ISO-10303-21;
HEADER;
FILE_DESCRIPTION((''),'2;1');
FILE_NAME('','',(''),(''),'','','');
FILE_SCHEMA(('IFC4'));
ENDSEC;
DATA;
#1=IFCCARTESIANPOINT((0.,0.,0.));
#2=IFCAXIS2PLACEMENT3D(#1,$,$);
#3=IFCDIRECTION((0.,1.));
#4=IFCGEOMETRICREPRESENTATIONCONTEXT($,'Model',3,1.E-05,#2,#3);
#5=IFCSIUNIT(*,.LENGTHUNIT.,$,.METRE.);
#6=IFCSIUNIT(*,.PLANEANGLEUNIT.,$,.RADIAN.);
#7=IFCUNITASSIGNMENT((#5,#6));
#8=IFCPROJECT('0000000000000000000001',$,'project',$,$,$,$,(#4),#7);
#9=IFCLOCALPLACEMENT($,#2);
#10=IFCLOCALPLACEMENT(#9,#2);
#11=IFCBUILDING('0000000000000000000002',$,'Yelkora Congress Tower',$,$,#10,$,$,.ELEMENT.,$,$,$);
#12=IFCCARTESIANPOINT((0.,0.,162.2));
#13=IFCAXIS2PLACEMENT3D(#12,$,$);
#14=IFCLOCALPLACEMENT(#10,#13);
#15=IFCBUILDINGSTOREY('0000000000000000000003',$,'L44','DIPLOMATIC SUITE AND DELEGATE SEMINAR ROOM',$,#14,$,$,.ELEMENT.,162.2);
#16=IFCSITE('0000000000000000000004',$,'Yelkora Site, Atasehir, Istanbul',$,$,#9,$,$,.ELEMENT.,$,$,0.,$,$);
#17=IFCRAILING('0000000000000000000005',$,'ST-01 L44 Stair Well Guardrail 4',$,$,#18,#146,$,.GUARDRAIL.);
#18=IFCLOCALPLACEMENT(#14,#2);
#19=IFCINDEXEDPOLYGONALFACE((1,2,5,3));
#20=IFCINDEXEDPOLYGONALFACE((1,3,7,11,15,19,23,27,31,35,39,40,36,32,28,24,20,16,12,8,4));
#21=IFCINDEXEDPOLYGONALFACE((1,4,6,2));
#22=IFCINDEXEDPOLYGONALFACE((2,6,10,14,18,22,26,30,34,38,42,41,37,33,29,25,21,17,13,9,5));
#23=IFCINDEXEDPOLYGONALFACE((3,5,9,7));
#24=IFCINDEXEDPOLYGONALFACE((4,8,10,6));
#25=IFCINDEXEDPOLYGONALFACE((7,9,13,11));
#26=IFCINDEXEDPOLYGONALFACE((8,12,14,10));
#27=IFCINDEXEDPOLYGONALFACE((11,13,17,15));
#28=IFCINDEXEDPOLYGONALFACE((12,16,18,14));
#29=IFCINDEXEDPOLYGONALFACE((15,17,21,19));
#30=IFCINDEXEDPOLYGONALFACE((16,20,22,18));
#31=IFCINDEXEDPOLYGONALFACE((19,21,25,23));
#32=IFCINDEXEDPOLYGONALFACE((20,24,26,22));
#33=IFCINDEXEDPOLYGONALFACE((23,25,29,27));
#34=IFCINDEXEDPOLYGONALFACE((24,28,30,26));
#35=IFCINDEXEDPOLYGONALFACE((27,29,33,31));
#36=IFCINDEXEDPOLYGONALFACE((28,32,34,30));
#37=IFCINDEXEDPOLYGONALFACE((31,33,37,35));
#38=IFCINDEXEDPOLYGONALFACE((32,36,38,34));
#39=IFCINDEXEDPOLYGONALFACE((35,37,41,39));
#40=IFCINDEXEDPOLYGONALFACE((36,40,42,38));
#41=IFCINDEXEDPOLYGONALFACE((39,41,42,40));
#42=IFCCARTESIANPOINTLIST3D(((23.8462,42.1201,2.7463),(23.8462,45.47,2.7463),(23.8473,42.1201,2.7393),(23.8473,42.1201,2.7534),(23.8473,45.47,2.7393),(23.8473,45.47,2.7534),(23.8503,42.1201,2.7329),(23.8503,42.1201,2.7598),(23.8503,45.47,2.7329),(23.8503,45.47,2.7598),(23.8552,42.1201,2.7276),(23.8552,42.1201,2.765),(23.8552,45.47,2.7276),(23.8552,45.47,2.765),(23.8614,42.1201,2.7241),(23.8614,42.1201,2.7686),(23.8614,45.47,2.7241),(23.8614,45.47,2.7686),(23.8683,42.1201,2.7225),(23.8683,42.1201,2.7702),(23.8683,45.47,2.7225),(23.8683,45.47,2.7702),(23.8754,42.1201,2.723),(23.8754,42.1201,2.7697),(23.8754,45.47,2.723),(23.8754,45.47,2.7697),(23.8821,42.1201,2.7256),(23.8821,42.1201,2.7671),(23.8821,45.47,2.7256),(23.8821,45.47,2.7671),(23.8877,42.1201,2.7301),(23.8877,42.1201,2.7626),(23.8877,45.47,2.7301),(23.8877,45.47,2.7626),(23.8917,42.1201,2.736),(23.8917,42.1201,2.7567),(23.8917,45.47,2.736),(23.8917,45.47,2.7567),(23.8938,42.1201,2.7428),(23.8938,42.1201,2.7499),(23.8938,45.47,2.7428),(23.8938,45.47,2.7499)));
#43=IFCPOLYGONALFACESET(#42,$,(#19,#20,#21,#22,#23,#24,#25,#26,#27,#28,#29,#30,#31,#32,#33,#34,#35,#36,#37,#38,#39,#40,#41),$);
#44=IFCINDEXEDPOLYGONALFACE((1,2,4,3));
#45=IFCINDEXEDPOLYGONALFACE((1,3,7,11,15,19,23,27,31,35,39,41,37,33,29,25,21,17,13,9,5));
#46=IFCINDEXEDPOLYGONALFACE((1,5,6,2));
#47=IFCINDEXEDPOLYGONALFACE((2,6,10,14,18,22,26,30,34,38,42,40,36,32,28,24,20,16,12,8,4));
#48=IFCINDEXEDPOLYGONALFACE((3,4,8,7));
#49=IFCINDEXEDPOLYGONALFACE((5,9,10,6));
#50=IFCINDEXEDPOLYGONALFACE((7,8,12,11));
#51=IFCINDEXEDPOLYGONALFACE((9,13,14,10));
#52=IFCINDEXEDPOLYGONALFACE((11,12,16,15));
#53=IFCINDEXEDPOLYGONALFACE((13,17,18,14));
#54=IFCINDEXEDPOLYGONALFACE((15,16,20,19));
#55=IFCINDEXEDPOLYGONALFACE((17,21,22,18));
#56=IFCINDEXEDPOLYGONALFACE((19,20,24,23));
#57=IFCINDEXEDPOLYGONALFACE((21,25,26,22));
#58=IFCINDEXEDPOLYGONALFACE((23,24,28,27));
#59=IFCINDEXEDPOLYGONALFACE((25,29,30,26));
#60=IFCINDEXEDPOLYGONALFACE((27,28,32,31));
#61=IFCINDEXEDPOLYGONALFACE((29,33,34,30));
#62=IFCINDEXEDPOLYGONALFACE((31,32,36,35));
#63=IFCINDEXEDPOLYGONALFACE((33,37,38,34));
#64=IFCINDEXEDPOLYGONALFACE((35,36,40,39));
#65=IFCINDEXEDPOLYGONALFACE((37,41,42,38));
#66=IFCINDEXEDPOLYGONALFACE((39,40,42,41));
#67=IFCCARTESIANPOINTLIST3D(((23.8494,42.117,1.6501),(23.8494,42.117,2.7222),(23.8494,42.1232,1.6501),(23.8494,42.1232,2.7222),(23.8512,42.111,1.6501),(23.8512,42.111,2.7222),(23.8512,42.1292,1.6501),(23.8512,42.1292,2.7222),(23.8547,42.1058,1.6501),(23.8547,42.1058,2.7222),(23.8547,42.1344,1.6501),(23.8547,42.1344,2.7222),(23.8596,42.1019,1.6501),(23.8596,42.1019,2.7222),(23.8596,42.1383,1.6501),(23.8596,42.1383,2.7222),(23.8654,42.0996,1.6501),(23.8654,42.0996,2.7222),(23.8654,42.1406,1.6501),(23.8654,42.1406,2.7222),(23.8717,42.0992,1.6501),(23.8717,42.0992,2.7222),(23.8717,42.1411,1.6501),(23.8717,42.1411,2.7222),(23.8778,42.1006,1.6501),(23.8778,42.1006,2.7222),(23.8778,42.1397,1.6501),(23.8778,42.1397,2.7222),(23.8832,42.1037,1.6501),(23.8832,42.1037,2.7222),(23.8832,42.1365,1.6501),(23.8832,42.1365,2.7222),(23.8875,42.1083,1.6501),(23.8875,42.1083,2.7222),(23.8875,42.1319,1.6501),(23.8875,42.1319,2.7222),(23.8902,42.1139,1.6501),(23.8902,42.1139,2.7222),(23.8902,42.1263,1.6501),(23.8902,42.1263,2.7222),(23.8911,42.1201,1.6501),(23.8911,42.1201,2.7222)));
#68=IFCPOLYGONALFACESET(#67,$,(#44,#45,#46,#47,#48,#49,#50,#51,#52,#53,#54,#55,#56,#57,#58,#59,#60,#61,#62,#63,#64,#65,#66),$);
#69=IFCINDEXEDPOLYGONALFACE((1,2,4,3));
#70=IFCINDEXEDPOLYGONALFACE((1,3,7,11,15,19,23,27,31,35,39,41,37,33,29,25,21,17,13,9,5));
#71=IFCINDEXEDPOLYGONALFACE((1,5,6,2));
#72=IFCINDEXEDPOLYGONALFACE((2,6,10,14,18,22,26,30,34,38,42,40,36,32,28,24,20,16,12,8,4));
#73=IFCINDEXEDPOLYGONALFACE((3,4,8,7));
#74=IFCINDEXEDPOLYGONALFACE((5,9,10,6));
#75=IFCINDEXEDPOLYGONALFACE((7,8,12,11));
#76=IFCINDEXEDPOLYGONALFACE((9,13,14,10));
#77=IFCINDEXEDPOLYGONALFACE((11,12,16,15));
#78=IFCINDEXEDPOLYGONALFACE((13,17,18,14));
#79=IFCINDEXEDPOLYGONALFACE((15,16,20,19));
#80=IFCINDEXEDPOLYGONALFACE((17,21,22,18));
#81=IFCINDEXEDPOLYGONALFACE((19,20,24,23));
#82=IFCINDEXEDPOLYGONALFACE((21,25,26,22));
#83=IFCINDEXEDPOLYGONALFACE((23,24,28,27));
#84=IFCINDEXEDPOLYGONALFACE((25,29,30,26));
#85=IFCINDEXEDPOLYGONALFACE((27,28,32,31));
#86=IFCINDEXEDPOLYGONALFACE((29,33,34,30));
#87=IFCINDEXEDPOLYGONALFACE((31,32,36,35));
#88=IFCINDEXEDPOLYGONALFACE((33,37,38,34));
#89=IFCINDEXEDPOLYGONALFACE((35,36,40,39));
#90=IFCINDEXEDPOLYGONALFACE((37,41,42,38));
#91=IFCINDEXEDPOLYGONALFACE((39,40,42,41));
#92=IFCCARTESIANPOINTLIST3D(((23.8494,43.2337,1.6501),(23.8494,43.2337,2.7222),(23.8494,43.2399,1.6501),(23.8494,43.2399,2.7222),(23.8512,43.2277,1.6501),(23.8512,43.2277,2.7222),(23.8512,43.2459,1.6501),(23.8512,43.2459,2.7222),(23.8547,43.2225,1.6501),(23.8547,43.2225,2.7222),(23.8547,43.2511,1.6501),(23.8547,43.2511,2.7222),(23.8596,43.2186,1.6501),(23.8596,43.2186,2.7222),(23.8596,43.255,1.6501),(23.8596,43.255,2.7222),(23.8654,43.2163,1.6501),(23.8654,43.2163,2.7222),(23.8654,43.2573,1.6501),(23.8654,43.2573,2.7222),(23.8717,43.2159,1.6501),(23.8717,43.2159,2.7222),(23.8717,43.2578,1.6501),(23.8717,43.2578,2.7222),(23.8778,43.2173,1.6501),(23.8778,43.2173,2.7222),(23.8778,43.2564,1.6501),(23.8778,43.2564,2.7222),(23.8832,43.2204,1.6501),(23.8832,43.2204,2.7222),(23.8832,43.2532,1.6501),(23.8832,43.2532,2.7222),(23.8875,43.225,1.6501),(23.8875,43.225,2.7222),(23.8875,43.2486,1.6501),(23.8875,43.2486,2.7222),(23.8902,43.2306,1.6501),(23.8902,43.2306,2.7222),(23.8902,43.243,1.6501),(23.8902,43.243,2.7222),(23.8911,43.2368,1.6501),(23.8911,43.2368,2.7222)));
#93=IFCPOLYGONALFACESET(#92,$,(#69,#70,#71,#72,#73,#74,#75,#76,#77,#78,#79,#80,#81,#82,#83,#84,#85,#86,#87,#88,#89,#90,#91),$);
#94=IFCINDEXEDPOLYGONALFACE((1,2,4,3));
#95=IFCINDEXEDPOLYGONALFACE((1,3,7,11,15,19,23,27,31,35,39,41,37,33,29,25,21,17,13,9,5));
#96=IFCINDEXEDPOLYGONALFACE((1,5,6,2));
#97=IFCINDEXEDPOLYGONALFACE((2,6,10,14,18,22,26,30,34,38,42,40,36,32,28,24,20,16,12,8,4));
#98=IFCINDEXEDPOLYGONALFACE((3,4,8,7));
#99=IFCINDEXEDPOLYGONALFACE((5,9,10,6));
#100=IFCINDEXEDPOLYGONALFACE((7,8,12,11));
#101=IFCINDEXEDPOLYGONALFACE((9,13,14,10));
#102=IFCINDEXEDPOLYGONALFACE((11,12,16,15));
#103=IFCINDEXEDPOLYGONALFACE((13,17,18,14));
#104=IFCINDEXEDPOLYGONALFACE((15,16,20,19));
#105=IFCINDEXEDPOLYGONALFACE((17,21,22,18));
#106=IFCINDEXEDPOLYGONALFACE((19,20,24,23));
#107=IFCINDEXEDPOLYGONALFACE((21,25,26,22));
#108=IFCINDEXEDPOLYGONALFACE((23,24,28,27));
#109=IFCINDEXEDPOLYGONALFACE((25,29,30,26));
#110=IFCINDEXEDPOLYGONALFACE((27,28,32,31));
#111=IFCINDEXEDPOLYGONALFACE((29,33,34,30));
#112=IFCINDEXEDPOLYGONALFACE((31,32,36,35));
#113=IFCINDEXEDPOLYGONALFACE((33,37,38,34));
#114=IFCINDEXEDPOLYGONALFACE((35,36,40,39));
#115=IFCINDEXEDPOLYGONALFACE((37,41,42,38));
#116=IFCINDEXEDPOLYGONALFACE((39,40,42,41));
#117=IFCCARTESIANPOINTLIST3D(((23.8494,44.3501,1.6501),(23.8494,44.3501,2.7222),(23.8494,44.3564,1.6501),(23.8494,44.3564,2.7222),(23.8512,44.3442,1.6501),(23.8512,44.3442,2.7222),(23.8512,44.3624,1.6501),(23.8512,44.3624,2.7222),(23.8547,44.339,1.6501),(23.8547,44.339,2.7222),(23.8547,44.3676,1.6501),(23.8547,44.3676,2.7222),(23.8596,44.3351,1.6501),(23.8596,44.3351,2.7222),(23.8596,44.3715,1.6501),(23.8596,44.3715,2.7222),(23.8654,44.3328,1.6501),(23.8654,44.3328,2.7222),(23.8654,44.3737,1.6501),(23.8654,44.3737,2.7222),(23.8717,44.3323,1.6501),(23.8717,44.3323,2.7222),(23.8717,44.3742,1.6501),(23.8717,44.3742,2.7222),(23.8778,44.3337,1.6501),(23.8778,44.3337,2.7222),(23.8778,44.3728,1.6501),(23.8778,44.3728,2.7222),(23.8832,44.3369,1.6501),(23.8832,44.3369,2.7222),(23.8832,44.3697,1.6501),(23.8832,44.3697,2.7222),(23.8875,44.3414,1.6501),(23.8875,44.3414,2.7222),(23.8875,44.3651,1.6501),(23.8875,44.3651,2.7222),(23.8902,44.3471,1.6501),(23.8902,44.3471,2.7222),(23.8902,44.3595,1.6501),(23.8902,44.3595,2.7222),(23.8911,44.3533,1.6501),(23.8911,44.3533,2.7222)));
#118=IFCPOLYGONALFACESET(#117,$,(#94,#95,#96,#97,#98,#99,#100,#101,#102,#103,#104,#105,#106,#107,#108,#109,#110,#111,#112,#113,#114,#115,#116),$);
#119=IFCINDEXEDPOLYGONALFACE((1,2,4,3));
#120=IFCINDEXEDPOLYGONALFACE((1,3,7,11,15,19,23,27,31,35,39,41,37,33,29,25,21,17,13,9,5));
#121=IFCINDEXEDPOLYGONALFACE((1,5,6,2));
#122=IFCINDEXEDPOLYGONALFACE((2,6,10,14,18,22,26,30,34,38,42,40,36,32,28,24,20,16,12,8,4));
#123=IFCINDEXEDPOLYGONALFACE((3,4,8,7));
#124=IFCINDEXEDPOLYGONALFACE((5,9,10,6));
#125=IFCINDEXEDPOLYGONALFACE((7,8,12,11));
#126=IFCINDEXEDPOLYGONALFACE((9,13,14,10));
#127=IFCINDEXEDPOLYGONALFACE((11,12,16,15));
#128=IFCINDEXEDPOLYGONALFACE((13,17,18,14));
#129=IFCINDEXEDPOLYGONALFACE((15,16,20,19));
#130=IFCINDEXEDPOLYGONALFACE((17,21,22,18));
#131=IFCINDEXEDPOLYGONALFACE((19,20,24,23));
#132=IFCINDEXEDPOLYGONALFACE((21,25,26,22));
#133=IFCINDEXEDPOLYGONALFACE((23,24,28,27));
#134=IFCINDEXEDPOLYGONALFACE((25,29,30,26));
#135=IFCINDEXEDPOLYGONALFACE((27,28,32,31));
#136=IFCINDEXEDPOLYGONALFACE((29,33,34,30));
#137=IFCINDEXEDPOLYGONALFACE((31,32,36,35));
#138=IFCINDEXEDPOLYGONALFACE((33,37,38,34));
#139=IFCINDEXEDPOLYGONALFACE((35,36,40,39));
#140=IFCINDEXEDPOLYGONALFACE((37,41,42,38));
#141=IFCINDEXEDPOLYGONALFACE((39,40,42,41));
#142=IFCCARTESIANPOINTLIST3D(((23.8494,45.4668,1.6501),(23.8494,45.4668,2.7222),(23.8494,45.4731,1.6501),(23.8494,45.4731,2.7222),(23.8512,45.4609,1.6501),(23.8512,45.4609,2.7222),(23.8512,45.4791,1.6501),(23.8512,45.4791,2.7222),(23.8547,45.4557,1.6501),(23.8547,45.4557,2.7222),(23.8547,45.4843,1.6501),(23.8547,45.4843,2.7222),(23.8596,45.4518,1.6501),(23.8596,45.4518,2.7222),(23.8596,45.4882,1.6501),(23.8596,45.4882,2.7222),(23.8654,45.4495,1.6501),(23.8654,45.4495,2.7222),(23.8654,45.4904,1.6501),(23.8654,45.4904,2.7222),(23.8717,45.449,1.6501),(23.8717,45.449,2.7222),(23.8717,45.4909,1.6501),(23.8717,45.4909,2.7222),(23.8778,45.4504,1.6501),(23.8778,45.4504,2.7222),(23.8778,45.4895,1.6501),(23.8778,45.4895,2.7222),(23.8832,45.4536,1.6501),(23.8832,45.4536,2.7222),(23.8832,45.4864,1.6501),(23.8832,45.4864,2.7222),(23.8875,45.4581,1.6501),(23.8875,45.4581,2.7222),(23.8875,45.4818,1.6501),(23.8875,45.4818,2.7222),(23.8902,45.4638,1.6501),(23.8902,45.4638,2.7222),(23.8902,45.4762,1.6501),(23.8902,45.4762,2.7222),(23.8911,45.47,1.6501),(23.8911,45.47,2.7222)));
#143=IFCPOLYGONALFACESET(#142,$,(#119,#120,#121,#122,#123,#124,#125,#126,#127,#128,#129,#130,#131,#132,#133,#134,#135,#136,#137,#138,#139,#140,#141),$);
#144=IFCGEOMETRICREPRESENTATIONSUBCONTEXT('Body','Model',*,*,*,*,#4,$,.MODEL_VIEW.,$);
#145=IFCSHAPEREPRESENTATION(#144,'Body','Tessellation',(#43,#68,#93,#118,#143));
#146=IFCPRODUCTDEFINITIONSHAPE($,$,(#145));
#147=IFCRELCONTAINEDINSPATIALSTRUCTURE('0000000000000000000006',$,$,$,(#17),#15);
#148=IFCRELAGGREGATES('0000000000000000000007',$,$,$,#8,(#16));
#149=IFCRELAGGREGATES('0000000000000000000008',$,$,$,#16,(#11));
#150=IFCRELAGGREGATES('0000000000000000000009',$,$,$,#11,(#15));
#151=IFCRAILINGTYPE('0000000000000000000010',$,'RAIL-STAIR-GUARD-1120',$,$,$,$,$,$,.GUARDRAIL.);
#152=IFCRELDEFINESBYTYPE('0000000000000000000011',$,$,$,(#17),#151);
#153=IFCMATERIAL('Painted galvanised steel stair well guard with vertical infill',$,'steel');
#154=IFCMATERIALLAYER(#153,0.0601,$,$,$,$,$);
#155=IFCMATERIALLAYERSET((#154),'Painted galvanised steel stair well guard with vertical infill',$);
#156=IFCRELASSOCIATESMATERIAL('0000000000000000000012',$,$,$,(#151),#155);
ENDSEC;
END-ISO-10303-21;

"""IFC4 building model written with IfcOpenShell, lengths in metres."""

from ifc_helpers import new_model, si_unit, direction, frame, origin, origin_2d, place, context, subcontext, project, spatial, circle, extrude, material, layer, layer_set, type_object, element, save


model = new_model("IFC4")

# Units and contexts
model_context = context("Model", 3, precision=1e-05, world=origin(), true_north=direction((0.0, 1.0)))
body_context = subcontext(model_context, "Body", "Model", "MODEL_VIEW")
ifc_project = project(units=[si_unit("LENGTHUNIT", "METRE"), si_unit("PLANEANGLEUNIT", "RADIAN")], contexts=[model_context])

# Site, building, storey
site_placement = place(None, origin())
site = spatial("IfcSite", under=ifc_project, at=site_placement, Name="Yelkora Site, Atasehir, Istanbul", CompositionType="ELEMENT", RefElevation=0.0)
building_placement = place(site_placement, origin())
building = spatial("IfcBuilding", under=site, at=building_placement, Name="Yelkora Congress Tower", CompositionType="ELEMENT")
storey_placement = place(building_placement, frame((0.0, 0.0, 162.2)))
storey = spatial("IfcBuildingStorey", under=building, at=storey_placement, Name="L44", Description="DIPLOMATIC SUITE AND DELEGATE SEMINAR ROOM", CompositionType="ELEMENT", Elevation=162.2)

# Railing
ifc_material_1 = material(Name="Painted galvanised steel stair well guard with vertical infill", Category="steel")
ifc_layer_1 = layer(ifc_material_1, 0.0601)
ifc_layer_set_1 = layer_set([ifc_layer_1], Name="Painted galvanised steel stair well guard with vertical infill")
railing_type = type_object("IfcRailingType", Name="RAIL-STAIR-GUARD-1120", PredefinedType="GUARDRAIL", material=ifc_layer_set_1)
for number, where, name in (
    (1, (23.8701, 42.1201, 1.6501), "ST-01 L44 Stair Well Guardrail 4"),
):
    element("IfcRailing", number, at=place(storey_placement, frame(where)), inside=storey, type_object=railing_type, Name=name, PredefinedType="GUARDRAIL", context=body_context, shape_type="SweptSolid", body=[
        extrude(circle(Radius=0.0239, at=origin_2d()), frame((0.0, 0.0, 1.0962), z_axis=(0.0, 1.0, 0.0), x_axis=(-1.0, 0.0, 0.0)), (0.0, 0.0, 1.0), 3.3499),
        extrude(circle(Radius=0.021, at=origin_2d()), origin(), (0.0, 0.0, 1.0), 1.072),
        extrude(circle(Radius=0.021, at=origin_2d()), frame((0.0, 1.1167, 0.0)), (0.0, 0.0, 1.0), 1.072),
        extrude(circle(Radius=0.021, at=origin_2d()), frame((0.0, 2.2332, 0.0)), (0.0, 0.0, 1.0), 1.072),
        extrude(circle(Radius=0.021, at=origin_2d()), frame((0.0, 3.3499, 0.0)), (0.0, 0.0, 1.0), 1.072),
    ])

save(model, "model.ifc")
